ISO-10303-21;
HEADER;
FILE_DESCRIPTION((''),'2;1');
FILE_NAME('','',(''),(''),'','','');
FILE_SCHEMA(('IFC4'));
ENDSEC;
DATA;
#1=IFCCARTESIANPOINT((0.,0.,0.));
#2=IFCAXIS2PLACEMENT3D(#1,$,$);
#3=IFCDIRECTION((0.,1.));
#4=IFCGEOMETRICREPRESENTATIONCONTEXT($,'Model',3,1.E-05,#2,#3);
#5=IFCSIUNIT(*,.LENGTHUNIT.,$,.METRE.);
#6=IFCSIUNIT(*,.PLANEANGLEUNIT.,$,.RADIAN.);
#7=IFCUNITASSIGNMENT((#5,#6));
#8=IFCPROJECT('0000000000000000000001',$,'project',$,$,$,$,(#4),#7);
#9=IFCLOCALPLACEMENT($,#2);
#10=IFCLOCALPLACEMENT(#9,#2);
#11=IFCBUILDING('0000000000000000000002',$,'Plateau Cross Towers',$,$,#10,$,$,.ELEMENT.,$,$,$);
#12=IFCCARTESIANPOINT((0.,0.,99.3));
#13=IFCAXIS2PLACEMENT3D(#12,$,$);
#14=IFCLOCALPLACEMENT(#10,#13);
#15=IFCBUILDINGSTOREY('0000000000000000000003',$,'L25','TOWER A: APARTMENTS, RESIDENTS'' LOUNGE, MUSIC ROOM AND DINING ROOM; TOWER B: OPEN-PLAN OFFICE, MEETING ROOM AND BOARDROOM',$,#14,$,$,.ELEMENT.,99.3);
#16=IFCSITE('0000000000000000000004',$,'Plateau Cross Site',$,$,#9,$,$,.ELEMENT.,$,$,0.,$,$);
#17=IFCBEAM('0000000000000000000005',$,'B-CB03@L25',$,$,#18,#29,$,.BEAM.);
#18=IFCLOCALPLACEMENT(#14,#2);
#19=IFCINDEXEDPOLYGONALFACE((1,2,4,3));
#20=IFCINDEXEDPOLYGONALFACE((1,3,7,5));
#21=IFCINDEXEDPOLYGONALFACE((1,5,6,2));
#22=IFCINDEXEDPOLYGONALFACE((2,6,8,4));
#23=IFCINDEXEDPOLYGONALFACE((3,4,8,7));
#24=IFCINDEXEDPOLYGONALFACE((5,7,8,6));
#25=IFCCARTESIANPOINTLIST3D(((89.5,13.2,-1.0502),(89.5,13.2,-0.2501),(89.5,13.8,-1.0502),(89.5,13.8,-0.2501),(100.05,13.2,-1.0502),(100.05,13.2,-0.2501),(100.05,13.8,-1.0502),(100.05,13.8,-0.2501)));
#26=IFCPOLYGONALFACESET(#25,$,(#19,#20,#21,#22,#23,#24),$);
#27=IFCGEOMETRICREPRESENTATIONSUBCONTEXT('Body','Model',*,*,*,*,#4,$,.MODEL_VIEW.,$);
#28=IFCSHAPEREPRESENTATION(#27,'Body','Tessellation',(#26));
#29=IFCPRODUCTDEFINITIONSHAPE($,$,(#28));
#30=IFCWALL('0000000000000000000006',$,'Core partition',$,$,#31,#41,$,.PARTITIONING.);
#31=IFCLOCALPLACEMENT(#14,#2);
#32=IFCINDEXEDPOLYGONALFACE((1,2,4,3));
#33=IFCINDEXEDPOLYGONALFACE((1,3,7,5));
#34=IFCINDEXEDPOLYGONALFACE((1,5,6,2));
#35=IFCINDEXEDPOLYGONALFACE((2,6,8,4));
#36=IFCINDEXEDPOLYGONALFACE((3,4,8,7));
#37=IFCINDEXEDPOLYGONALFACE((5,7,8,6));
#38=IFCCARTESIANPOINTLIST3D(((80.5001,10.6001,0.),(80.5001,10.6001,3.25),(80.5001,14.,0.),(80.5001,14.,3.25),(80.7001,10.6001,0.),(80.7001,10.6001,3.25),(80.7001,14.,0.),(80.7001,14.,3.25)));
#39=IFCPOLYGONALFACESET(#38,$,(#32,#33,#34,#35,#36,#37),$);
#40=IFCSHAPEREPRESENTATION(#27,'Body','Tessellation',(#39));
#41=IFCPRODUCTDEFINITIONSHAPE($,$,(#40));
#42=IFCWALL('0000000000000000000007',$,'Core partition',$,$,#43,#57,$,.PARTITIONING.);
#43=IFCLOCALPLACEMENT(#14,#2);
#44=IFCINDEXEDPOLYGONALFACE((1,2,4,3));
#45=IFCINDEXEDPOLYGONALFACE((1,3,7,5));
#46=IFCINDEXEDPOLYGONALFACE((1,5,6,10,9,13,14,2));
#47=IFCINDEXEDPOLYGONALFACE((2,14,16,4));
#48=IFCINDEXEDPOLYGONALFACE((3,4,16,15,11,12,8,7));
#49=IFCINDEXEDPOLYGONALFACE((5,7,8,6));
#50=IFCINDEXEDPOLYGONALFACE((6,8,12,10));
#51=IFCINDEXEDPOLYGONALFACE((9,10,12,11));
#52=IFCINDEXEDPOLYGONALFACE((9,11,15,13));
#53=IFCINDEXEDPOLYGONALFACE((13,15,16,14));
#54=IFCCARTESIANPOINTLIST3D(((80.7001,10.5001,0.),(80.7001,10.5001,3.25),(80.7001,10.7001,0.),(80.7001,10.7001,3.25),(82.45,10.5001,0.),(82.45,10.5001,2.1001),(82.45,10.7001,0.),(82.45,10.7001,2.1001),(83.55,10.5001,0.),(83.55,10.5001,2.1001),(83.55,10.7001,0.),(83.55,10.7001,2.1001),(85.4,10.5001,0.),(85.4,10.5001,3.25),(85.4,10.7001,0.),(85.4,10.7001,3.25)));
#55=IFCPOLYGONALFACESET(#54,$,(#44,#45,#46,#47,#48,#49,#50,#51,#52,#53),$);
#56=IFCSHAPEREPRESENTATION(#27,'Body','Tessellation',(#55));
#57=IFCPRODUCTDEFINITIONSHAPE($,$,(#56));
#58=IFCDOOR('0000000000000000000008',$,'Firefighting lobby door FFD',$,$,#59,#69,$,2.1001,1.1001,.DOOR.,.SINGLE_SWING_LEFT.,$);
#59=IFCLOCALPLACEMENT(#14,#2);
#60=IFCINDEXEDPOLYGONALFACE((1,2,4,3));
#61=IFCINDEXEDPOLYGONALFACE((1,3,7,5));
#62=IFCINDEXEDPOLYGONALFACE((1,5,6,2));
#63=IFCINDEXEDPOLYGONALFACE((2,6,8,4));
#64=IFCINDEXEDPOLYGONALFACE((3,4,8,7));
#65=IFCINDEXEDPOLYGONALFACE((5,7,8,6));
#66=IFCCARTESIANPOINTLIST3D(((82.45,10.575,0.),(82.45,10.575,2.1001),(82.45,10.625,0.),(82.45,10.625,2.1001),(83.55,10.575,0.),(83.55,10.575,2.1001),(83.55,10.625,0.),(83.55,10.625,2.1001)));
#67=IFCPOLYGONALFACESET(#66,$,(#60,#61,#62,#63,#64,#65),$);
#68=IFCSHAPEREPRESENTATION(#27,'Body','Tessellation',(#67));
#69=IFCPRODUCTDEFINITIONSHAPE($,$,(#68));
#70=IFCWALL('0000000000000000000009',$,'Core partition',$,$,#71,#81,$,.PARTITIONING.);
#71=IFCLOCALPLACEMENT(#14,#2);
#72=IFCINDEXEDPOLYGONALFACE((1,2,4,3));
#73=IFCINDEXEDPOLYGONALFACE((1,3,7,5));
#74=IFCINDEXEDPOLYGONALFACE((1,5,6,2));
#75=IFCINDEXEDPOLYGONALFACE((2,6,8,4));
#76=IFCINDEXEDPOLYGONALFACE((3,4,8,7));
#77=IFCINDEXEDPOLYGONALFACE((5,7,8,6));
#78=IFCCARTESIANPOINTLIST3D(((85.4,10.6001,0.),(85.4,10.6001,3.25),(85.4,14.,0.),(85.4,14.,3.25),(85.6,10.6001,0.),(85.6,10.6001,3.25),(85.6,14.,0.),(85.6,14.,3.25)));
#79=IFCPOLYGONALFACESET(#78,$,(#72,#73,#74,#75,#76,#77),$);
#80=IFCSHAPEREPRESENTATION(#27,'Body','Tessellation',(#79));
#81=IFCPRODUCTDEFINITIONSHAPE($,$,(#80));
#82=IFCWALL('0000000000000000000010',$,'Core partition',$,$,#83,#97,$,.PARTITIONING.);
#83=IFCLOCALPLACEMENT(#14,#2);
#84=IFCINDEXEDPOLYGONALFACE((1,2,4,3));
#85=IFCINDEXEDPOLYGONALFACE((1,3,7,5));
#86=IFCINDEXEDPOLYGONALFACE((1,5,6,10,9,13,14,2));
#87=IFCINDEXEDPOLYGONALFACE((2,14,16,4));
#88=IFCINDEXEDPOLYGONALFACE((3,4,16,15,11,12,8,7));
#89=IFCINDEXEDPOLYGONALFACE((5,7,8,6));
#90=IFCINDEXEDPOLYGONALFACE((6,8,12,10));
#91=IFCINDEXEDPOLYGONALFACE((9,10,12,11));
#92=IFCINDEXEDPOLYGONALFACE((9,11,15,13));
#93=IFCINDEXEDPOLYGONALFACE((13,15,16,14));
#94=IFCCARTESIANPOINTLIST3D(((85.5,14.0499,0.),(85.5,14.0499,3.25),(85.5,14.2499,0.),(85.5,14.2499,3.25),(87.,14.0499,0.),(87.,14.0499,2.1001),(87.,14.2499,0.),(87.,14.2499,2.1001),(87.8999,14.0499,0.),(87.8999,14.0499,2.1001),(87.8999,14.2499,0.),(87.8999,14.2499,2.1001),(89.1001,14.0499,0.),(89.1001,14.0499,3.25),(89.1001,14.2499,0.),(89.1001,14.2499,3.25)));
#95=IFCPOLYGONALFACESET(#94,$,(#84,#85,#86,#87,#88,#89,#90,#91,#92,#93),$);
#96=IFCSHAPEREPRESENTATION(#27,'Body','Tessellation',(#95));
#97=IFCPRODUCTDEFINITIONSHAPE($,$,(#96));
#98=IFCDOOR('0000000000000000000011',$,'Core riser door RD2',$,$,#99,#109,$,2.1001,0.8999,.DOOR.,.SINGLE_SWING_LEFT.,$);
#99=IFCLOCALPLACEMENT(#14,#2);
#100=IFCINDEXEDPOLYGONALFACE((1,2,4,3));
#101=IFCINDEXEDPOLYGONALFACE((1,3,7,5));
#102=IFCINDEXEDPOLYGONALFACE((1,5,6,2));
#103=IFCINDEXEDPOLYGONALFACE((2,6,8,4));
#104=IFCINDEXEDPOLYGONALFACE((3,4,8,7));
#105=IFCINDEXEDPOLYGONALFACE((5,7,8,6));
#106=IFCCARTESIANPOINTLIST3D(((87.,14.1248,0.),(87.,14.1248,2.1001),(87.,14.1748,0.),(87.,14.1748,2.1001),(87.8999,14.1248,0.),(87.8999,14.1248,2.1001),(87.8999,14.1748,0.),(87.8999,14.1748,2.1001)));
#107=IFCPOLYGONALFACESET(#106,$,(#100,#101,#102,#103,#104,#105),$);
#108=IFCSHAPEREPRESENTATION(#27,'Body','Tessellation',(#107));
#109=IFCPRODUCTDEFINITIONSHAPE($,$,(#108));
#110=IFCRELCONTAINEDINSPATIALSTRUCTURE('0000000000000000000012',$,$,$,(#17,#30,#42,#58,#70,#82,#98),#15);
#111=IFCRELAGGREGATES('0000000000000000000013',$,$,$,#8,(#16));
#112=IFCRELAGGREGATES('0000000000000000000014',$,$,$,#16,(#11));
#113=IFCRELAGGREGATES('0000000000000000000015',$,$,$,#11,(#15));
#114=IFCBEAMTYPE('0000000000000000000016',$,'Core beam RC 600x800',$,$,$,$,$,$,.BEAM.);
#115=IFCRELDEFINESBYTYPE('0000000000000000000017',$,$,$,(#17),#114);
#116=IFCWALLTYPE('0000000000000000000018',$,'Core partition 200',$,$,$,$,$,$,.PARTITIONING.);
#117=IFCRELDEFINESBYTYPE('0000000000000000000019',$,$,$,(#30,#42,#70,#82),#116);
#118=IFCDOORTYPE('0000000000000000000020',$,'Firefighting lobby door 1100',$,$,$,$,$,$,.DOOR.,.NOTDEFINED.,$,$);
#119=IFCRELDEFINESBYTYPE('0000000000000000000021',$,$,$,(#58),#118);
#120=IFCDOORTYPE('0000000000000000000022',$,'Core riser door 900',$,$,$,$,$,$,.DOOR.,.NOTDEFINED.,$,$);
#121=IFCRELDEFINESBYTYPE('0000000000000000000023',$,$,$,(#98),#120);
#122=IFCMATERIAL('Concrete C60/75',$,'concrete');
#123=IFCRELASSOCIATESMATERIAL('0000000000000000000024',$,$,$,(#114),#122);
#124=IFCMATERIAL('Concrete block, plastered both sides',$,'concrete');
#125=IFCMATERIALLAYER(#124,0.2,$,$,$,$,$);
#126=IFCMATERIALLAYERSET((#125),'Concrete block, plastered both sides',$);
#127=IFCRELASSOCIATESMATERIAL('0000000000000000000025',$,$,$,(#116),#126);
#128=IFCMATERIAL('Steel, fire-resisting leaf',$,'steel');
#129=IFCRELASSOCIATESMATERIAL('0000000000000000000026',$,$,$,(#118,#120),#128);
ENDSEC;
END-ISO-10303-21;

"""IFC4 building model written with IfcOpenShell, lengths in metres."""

from ifc_helpers import new_model, si_unit, direction, frame, frame_2d, origin, origin_2d, place, context, subcontext, project, spatial, rectangle, extrude, material, layer, layer_set, material_profile, profile_set, type_object, element, fill, save


model = new_model("IFC4")

# Units and contexts
model_context = context("Model", 3, precision=1e-05, world=origin(), true_north=direction((0.0, 1.0)))
body_context = subcontext(model_context, "Body", "Model", "MODEL_VIEW")
ifc_project = project(units=[si_unit("LENGTHUNIT", "METRE"), si_unit("PLANEANGLEUNIT", "RADIAN")], contexts=[model_context])

# Site, building, storey
site_placement = place(None, origin())
site = spatial("IfcSite", under=ifc_project, at=site_placement, Name="Plateau Cross Site", CompositionType="ELEMENT", RefElevation=0.0)
building_placement = place(site_placement, origin())
building = spatial("IfcBuilding", under=site, at=building_placement, Name="Plateau Cross Towers", CompositionType="ELEMENT")
storey_placement = place(building_placement, frame((0.0, 0.0, 99.3)))
storey = spatial("IfcBuildingStorey", under=building, at=storey_placement, Name="L25", Description="TOWER A: APARTMENTS, RESIDENTS' LOUNGE, MUSIC ROOM AND DINING ROOM; TOWER B: OPEN-PLAN OFFICE, MEETING ROOM AND BOARDROOM", CompositionType="ELEMENT", Elevation=99.3)

# Beam
ifc_material_1 = material(Name="Concrete C60/75", Category="concrete")
ifc_material_profile = material_profile(ifc_material_1, rectangle(XDim=0.6001, YDim=0.8, at=origin_2d()), Name="RC 600x800")
ifc_profile_set = profile_set([ifc_material_profile], Name="Concrete C60/75")
beam_type = type_object("IfcBeamType", Name="Core beam RC 600x800", PredefinedType="BEAM", material=ifc_profile_set)
beam_placement = place(storey_placement, frame((89.5, 13.5, -0.6501), z_axis=(1.0, 0.0, 0.0), x_axis=(0.0, 1.0, 0.0)))
element("IfcBeam", 1, at=beam_placement, inside=storey, type_object=beam_type, Name="B-CB03@L25", PredefinedType="BEAM", context=body_context, shape_type="SweptSolid", body=[
    extrude(rectangle(XDim=0.6001, YDim=0.8, at=origin_2d()), origin(), (0.0, 0.0, 1.0), 10.55),
])

# Wall
ifc_material_2 = material(Name="Concrete block, plastered both sides", Category="concrete")
ifc_layer_1 = layer(ifc_material_2, 0.2)
ifc_layer_set_1 = layer_set([ifc_layer_1], Name="Concrete block, plastered both sides")
wall_type_1 = type_object("IfcWallType", Name="Core partition 200", PredefinedType="PARTITIONING", material=ifc_layer_set_1)
wall_1_placement = place(storey_placement, frame((80.6001, 10.6001, 0.0), z_axis=(0.0, 0.0, 1.0), x_axis=(0.0, 1.0, 0.0)))
element("IfcWall", 2, at=wall_1_placement, inside=storey, type_object=wall_type_1, Name="Core partition", PredefinedType="PARTITIONING", context=body_context, shape_type="SweptSolid", body=[
    extrude(rectangle(XDim=3.3999, YDim=0.2, at=frame_2d((1.7, 0.0))), origin(), (0.0, 0.0, 1.0), 3.25),
])

# Wall, opening, door
wall_2_placement = place(storey_placement, frame((80.7, 10.6001, 0.0), z_axis=(0.0, 0.0, 1.0), x_axis=(1.0, 0.0, 0.0)))
wall_2 = element("IfcWall", 3, at=wall_2_placement, inside=storey, type_object=wall_type_1, Name="Core partition", PredefinedType="PARTITIONING", context=body_context, shape_type="SweptSolid", body=[
    extrude(rectangle(XDim=4.7, YDim=0.2, at=frame_2d((2.3501, 0.0))), origin(), (0.0, 0.0, 1.0), 3.25),
])
opening_1_placement = place(wall_2_placement, frame((1.75, 0.0, 0.0)))
opening_1 = element("IfcOpeningElement", 4, at=opening_1_placement, cuts=wall_2, PredefinedType="OPENING", context=body_context, shape_type="SweptSolid", body=[
    extrude(rectangle(XDim=1.1001, YDim=2.1001, at=frame_2d((0.55, 1.05))), frame((0.0, 0.1099, 0.0), z_axis=(0.0, -1.0, 0.0), x_axis=(1.0, 0.0, 0.0)), (0.0, 0.0, 1.0), 0.22),
])
ifc_material_3 = material(Name="Steel, fire-resisting leaf", Category="steel")
door_type_1 = type_object("IfcDoorType", Name="Firefighting lobby door 1100", OperationType="NOTDEFINED", PredefinedType="DOOR", material=ifc_material_3)
door_1_placement = place(opening_1_placement, origin())
door_1 = element("IfcDoor", 5, at=door_1_placement, inside=storey, type_object=door_type_1, Name="Firefighting lobby door FFD", OperationType="SINGLE_SWING_LEFT", OverallHeight=2.1001, OverallWidth=1.1001, PredefinedType="DOOR", context=body_context, shape_type="SweptSolid", body=[
    extrude(rectangle(XDim=1.1001, YDim=2.1001, at=frame_2d((0.55, 1.05))), frame((0.0, 0.0249, 0.0), z_axis=(0.0, -1.0, 0.0), x_axis=(1.0, 0.0, 0.0)), (0.0, 0.0, 1.0), 0.05),
])
fill(opening_1, door_1)

# Wall
wall_3_placement = place(storey_placement, frame((85.5, 10.6001, 0.0), z_axis=(0.0, 0.0, 1.0), x_axis=(0.0, 1.0, 0.0)))
element("IfcWall", 6, at=wall_3_placement, inside=storey, type_object=wall_type_1, Name="Core partition", PredefinedType="PARTITIONING", context=body_context, shape_type="SweptSolid", body=[
    extrude(rectangle(XDim=3.3999, YDim=0.2, at=frame_2d((1.7, 0.0))), origin(), (0.0, 0.0, 1.0), 3.25),
])

# Wall, opening, door
wall_4_placement = place(storey_placement, frame((85.5, 14.1499, 0.0), z_axis=(0.0, 0.0, 1.0), x_axis=(1.0, 0.0, 0.0)))
wall_4 = element("IfcWall", 7, at=wall_4_placement, inside=storey, type_object=wall_type_1, Name="Core partition", PredefinedType="PARTITIONING", context=body_context, shape_type="SweptSolid", body=[
    extrude(rectangle(XDim=3.6001, YDim=0.2, at=frame_2d((1.8, 0.0))), origin(), (0.0, 0.0, 1.0), 3.25),
])
opening_2_placement = place(wall_4_placement, frame((1.5, 0.0, 0.0)))
opening_2 = element("IfcOpeningElement", 8, at=opening_2_placement, cuts=wall_4, PredefinedType="OPENING", context=body_context, shape_type="SweptSolid", body=[
    extrude(rectangle(XDim=0.8999, YDim=2.1001, at=frame_2d((0.45, 1.05))), frame((0.0, 0.1099, 0.0), z_axis=(0.0, -1.0, 0.0), x_axis=(1.0, 0.0, 0.0)), (0.0, 0.0, 1.0), 0.22),
])
door_type_2 = type_object("IfcDoorType", Name="Core riser door 900", OperationType="NOTDEFINED", PredefinedType="DOOR", material=ifc_material_3)
door_2_placement = place(opening_2_placement, origin())
door_2 = element("IfcDoor", 9, at=door_2_placement, inside=storey, type_object=door_type_2, Name="Core riser door RD2", OperationType="SINGLE_SWING_LEFT", OverallHeight=2.1001, OverallWidth=0.8999, PredefinedType="DOOR", context=body_context, shape_type="SweptSolid", body=[
    extrude(rectangle(XDim=0.8999, YDim=2.1001, at=frame_2d((0.45, 1.05))), frame((0.0, 0.0249, 0.0), z_axis=(0.0, -1.0, 0.0), x_axis=(1.0, 0.0, 0.0)), (0.0, 0.0, 1.0), 0.05),
])
fill(opening_2, door_2)

save(model, "model.ifc")
